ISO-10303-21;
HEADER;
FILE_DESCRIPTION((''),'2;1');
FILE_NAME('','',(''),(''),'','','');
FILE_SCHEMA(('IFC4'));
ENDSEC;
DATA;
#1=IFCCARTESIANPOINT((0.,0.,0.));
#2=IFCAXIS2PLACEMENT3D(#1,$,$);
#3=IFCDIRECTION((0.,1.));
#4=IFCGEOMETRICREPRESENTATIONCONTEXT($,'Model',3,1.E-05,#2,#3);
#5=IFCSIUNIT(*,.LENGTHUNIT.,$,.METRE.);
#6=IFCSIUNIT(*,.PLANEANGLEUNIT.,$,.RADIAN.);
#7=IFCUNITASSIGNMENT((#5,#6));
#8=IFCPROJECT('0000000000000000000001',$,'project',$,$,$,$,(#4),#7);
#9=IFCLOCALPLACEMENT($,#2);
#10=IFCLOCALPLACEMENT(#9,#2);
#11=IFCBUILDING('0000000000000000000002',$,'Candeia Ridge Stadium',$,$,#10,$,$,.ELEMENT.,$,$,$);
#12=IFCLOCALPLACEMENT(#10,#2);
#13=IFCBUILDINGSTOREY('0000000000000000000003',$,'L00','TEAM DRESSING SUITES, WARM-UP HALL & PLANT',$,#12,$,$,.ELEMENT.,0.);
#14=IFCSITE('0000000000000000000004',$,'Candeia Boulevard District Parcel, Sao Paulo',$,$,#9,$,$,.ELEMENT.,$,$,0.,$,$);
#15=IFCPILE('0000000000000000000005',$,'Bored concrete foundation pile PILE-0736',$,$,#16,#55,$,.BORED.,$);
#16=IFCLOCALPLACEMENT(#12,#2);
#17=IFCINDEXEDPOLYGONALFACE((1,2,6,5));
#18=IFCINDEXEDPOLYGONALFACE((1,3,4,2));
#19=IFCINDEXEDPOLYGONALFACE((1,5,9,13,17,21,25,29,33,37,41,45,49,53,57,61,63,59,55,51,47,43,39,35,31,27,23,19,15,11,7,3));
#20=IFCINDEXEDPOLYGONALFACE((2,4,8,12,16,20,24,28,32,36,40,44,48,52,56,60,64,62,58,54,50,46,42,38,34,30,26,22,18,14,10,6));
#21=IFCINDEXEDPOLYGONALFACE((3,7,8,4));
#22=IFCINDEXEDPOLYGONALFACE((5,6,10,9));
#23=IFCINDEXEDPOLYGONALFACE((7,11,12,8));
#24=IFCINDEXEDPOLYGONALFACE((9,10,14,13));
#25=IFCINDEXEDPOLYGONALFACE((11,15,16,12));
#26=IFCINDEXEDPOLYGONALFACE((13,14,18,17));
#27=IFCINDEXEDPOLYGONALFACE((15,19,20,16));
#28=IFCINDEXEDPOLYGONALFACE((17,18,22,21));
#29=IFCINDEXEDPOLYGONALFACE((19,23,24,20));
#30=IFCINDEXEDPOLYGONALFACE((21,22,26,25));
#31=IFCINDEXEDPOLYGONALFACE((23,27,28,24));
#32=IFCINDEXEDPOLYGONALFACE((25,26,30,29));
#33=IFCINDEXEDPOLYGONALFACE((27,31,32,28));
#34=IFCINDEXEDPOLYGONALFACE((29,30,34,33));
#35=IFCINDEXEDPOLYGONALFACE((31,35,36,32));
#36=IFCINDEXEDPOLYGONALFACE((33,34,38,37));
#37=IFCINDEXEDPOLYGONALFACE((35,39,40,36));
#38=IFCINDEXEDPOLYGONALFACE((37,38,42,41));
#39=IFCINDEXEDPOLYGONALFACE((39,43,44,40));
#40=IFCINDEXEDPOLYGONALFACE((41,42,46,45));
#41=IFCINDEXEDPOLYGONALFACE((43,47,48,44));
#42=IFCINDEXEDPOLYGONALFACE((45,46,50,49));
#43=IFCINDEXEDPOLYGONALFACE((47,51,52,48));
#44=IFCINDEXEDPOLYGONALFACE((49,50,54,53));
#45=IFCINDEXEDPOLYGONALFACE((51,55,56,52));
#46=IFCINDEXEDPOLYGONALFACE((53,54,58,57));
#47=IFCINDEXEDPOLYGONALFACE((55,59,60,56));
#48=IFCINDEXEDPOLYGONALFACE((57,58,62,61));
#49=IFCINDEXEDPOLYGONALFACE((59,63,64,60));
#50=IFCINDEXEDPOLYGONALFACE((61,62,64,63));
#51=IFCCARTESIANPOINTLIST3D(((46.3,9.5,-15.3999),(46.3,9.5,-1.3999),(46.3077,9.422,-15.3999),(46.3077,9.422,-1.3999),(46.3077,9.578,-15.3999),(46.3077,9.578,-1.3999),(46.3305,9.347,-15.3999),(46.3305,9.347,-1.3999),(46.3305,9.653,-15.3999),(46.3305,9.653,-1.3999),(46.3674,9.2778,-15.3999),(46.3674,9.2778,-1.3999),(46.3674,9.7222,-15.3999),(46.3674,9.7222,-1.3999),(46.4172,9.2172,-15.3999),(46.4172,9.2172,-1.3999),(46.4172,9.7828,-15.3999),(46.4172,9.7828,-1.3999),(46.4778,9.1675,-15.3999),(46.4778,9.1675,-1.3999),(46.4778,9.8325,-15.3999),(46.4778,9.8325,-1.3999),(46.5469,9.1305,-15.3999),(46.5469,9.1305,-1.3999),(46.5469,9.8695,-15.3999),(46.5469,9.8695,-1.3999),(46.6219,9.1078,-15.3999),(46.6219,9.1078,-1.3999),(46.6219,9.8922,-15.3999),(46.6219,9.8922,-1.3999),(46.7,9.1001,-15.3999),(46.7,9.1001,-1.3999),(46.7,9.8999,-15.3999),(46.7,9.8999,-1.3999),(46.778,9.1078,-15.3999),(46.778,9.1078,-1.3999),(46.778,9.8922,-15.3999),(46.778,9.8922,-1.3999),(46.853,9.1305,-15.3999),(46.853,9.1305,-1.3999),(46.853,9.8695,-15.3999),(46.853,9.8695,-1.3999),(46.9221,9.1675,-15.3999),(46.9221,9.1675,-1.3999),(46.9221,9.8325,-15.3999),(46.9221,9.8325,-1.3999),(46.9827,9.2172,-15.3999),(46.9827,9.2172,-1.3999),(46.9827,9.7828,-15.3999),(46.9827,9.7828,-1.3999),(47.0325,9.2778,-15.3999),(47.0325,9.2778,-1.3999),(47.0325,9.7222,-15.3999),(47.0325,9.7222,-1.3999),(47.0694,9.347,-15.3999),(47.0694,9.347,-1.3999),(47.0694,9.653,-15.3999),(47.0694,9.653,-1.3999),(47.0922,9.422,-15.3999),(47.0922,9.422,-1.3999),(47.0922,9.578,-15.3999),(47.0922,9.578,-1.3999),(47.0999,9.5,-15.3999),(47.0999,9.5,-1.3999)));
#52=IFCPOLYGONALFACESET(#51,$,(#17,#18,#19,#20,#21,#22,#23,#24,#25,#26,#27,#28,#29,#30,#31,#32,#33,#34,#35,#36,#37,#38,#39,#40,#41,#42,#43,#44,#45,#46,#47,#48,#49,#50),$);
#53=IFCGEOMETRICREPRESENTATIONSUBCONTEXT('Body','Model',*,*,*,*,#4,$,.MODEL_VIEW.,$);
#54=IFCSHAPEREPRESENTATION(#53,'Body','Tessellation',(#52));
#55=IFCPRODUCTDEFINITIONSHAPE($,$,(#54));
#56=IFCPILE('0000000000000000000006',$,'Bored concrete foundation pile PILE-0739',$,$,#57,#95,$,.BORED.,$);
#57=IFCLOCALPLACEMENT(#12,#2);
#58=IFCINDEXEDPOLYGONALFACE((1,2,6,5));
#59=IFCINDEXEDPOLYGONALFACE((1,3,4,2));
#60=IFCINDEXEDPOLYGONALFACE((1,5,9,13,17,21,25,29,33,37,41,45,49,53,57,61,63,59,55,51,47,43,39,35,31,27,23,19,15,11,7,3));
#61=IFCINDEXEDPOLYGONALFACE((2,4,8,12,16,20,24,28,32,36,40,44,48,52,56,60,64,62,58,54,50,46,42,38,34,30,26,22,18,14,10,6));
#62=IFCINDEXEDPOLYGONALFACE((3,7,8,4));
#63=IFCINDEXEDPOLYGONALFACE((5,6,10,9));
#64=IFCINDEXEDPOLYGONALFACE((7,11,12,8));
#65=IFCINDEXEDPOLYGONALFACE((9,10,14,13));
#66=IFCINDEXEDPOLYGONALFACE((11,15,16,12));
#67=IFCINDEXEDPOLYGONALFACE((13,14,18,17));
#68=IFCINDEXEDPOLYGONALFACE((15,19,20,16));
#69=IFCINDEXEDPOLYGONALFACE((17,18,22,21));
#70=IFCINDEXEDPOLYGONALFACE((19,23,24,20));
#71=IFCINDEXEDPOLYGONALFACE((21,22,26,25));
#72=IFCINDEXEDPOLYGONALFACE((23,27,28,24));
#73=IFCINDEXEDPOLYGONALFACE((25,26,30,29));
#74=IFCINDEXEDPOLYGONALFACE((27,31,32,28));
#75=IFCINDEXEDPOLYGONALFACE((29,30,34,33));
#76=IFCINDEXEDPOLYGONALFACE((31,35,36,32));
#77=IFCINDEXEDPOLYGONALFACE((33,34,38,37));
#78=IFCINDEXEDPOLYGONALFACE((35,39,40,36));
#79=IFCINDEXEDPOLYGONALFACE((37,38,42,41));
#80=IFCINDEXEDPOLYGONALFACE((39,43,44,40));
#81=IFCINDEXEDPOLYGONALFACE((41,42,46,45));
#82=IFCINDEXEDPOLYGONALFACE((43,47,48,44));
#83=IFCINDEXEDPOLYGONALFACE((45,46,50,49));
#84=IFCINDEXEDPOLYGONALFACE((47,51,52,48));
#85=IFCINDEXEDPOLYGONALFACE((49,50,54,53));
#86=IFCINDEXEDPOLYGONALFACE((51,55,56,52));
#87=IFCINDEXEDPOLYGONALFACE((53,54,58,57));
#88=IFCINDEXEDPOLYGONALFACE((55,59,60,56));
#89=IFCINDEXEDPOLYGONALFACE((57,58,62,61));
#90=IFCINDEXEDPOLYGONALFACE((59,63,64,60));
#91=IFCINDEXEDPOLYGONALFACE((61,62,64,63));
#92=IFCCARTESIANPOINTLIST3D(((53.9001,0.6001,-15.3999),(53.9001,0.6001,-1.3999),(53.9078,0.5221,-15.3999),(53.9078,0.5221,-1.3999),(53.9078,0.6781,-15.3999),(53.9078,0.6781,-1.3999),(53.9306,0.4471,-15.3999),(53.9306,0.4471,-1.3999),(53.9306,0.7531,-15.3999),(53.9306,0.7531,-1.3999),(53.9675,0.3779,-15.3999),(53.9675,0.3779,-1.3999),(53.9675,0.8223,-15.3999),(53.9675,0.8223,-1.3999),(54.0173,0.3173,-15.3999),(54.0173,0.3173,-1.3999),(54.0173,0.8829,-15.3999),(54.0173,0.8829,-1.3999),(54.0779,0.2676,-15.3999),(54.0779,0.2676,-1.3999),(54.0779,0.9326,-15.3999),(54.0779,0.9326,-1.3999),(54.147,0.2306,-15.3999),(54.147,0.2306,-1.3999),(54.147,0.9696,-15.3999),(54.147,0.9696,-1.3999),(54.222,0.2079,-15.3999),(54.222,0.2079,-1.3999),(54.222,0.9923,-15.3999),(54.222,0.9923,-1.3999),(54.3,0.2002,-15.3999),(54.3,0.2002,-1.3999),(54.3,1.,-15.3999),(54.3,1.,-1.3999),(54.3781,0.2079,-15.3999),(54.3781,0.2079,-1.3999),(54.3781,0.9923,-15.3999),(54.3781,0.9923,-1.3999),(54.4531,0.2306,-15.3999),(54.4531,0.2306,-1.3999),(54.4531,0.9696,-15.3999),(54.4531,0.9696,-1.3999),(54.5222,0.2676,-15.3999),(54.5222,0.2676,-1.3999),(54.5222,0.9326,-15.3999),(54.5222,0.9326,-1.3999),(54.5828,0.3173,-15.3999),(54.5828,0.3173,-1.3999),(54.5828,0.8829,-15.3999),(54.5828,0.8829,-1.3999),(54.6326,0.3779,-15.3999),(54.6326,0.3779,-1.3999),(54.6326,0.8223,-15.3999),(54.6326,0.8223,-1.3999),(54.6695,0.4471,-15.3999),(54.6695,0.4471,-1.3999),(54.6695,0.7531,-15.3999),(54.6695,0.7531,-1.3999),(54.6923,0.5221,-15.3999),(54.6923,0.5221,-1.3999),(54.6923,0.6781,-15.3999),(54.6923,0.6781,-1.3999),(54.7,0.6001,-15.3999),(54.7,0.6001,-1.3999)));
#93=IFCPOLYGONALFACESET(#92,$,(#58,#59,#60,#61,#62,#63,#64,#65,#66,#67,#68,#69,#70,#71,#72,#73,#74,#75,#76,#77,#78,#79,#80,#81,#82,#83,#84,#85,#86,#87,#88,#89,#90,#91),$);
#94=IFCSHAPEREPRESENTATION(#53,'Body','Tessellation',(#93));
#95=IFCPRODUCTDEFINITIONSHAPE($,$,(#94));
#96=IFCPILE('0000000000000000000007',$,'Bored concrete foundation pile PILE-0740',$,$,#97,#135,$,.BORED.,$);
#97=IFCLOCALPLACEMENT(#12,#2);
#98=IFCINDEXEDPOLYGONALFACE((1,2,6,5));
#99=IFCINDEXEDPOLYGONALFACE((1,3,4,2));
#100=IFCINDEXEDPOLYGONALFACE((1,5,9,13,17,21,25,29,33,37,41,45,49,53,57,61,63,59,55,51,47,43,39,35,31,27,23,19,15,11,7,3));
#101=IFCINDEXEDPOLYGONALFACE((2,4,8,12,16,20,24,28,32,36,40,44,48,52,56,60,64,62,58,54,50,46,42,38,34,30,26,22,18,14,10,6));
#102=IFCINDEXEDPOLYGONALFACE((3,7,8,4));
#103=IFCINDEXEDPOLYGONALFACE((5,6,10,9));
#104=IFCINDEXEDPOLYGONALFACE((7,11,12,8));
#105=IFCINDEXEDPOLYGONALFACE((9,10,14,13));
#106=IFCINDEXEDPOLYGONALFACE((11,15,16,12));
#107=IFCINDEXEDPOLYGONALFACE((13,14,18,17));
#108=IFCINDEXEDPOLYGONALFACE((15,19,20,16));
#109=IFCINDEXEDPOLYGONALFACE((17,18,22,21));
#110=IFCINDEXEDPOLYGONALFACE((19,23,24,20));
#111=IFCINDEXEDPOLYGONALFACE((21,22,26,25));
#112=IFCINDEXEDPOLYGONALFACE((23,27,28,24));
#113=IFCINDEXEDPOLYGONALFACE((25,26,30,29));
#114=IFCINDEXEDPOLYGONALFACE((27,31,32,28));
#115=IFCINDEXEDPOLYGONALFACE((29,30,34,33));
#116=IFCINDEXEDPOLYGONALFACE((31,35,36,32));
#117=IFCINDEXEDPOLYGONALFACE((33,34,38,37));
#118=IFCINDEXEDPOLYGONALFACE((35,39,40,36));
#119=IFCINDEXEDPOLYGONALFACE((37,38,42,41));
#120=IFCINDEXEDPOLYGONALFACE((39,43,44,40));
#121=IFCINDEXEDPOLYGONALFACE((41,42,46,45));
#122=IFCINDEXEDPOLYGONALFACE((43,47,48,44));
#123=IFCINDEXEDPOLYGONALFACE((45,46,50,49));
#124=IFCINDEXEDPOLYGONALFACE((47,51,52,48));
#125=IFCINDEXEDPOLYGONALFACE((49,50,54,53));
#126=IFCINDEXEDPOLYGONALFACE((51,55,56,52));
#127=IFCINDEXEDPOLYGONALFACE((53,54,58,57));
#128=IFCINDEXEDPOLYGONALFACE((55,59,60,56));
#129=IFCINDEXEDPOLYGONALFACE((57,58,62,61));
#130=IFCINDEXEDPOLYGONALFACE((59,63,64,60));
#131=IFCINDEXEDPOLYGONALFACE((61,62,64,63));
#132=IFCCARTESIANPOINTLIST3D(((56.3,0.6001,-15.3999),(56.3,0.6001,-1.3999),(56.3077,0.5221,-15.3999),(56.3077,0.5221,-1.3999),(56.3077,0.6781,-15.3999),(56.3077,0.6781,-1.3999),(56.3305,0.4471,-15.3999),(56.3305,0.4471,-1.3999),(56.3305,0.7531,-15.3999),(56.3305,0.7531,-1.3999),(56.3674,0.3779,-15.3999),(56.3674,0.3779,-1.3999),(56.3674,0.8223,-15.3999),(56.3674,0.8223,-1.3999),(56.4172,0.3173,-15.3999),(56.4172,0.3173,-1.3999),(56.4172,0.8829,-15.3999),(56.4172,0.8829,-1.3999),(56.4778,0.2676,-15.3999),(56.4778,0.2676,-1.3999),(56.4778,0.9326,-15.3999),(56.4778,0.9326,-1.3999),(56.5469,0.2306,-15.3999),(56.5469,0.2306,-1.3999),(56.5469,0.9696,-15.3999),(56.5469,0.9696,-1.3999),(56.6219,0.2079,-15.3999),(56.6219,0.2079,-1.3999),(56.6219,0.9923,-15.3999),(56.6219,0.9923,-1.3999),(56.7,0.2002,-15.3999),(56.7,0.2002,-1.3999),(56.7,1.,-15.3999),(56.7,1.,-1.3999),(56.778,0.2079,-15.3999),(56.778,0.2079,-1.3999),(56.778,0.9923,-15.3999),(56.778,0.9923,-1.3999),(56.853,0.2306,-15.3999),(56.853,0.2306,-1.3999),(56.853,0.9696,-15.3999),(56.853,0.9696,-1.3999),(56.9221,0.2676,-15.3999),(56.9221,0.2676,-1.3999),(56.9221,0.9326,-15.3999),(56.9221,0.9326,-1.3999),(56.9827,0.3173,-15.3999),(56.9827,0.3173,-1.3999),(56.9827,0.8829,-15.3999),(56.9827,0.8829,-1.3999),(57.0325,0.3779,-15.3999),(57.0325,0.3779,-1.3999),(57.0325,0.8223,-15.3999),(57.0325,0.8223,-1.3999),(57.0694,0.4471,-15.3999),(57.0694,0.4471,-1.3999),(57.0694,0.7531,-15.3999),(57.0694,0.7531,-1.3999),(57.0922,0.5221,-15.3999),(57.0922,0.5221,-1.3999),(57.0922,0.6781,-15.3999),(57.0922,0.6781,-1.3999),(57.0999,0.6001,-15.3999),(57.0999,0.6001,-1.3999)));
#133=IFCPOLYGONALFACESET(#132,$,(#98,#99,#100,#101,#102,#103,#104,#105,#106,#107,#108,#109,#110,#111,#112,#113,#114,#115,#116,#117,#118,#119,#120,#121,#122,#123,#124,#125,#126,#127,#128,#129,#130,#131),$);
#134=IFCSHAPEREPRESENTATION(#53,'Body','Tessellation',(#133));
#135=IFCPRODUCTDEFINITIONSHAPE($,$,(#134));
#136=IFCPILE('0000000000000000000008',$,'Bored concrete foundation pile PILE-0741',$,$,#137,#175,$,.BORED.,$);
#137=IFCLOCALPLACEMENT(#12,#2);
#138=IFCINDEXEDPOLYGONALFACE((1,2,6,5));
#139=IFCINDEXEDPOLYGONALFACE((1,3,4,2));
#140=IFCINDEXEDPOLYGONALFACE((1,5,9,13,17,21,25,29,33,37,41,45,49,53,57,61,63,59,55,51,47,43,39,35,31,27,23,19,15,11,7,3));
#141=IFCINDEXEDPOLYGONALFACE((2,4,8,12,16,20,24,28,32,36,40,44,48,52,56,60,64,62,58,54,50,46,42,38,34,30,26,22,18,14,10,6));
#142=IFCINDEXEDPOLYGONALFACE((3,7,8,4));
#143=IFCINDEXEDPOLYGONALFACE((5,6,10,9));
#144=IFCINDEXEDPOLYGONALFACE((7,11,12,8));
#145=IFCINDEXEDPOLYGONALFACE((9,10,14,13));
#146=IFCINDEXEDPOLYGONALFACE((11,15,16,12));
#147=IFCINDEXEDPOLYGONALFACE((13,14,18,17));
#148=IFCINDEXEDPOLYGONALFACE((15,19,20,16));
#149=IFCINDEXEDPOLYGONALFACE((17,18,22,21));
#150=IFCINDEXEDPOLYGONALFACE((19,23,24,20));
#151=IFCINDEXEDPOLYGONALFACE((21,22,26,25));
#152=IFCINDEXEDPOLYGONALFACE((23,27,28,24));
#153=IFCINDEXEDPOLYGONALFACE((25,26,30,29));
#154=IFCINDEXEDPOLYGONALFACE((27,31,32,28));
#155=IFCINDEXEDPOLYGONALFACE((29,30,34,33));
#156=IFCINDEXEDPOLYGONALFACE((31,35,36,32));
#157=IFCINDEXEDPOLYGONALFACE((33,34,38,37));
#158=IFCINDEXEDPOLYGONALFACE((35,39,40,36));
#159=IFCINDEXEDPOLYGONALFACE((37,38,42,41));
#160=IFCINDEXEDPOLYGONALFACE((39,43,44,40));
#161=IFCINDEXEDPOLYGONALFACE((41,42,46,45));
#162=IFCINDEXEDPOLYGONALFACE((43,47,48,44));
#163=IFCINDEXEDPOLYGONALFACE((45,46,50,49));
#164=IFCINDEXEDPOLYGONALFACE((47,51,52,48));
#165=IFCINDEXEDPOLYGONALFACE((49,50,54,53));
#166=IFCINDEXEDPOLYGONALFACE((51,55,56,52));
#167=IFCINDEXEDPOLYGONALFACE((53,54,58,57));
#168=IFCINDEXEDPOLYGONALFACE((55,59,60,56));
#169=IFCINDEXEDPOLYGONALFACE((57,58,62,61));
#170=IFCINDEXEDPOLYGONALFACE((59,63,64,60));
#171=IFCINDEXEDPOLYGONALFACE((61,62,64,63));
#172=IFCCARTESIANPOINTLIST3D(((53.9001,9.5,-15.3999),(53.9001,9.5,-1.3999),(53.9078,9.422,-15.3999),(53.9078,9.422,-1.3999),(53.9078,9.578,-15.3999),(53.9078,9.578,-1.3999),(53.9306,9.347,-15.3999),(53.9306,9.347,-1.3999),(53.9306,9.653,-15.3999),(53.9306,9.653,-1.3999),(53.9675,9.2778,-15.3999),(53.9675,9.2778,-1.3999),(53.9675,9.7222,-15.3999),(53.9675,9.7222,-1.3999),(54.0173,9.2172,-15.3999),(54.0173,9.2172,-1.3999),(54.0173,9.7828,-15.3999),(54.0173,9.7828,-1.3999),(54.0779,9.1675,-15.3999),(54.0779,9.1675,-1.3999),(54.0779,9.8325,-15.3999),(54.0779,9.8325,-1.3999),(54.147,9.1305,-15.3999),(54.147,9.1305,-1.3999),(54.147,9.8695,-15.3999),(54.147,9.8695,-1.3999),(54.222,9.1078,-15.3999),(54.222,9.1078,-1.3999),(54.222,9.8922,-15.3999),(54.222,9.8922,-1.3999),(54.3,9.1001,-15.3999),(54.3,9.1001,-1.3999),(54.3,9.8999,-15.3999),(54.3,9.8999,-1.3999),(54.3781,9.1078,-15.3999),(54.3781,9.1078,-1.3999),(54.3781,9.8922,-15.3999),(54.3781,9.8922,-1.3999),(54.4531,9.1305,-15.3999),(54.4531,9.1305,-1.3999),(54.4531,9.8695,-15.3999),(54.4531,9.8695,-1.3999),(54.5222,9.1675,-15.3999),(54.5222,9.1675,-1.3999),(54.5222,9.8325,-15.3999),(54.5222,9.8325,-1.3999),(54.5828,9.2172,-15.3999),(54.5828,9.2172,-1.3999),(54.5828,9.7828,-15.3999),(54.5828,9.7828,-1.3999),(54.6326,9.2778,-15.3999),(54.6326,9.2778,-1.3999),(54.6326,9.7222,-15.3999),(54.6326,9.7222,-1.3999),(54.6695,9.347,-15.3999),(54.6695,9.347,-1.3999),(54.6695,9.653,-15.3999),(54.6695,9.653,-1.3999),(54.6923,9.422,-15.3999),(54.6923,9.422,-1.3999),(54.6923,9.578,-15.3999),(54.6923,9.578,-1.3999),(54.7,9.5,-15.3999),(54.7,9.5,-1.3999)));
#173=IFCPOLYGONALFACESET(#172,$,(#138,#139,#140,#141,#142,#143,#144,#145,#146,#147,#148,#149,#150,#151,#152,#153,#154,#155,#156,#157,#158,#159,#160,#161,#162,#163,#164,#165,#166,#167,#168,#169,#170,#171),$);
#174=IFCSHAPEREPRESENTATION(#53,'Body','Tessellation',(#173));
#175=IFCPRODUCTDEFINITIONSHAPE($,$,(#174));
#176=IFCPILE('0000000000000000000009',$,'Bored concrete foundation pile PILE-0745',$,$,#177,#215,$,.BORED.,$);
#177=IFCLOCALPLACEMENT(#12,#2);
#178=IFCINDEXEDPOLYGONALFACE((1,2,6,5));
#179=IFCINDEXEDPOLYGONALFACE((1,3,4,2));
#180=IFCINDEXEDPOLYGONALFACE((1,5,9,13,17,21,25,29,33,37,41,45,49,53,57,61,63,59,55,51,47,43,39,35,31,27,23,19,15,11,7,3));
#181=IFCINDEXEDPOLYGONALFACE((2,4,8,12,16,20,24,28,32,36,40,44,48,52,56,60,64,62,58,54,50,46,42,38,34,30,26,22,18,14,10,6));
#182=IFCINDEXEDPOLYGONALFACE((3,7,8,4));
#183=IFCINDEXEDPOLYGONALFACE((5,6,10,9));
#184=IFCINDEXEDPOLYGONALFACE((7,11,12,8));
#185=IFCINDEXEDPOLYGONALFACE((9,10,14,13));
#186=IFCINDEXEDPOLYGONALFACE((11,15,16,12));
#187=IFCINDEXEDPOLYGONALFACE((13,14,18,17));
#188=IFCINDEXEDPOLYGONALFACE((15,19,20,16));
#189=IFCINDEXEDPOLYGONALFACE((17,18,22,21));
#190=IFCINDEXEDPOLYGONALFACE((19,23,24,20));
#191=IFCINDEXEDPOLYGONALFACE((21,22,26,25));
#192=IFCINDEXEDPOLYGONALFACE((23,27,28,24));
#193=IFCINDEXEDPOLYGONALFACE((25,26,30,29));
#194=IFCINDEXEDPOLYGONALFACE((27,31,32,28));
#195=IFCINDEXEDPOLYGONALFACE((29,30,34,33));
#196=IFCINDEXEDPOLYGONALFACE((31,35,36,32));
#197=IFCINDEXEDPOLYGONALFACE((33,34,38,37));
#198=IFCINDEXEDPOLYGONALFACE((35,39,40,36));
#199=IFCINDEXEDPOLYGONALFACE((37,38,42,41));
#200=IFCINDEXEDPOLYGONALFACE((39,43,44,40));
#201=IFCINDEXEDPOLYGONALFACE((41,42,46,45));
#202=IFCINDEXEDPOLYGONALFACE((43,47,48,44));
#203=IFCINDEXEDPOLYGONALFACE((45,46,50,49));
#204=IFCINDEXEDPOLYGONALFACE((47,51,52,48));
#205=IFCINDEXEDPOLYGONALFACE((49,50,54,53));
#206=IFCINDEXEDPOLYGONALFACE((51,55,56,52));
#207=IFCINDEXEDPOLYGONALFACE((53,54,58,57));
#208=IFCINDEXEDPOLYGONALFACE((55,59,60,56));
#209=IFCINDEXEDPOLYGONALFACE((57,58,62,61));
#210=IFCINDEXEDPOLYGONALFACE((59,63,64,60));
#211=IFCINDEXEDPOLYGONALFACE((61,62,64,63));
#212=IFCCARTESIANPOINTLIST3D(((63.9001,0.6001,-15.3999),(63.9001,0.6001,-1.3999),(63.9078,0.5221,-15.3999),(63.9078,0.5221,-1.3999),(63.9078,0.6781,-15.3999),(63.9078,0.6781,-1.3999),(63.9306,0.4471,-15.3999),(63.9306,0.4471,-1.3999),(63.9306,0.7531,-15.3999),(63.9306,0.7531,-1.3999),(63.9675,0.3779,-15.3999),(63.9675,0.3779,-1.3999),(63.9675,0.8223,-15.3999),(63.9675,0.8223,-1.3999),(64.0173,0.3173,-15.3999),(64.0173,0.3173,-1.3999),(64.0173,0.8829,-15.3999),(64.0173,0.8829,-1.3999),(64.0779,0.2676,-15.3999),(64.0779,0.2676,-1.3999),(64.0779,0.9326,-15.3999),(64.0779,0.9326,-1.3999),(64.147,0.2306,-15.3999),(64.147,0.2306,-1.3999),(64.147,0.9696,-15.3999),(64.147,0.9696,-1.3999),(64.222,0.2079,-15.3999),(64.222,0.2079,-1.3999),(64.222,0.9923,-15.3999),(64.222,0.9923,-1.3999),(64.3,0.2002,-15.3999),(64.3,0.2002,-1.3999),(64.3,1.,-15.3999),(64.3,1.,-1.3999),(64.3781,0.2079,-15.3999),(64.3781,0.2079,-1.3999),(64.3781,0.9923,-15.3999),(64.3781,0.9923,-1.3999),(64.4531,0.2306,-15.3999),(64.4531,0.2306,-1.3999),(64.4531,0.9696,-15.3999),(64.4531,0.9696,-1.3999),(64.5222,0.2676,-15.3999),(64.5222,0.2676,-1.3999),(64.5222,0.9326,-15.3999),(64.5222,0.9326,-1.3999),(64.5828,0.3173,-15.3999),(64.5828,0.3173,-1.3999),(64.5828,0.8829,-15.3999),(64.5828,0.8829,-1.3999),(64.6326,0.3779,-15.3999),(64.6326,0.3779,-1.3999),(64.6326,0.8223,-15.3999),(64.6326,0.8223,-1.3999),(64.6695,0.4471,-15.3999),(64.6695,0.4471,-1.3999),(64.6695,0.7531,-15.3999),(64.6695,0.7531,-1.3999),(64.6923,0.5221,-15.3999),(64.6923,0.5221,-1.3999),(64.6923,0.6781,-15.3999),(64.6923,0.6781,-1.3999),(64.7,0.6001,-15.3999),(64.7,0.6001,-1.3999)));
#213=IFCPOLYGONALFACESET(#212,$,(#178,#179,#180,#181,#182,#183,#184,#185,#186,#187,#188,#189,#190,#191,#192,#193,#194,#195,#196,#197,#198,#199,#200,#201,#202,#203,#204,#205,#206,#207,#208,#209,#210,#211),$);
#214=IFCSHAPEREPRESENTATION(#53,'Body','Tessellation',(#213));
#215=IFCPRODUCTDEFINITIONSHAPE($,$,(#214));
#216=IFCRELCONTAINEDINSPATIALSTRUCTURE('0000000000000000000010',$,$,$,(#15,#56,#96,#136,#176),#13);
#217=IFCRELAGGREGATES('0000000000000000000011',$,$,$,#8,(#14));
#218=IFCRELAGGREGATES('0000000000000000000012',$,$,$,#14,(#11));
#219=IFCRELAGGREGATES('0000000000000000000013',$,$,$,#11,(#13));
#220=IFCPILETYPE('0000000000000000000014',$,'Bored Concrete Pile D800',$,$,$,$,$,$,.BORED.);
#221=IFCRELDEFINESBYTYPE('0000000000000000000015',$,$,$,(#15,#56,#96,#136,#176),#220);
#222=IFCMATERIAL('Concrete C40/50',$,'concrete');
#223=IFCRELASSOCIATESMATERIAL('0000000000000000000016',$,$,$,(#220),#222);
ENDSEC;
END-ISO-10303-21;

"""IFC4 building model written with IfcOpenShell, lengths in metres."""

from ifc_helpers import new_model, si_unit, direction, frame, origin, origin_2d, place, context, subcontext, project, spatial, circle, extrude, material, material_profile, profile_set, type_object, element, save


model = new_model("IFC4")

# Units and contexts
model_context = context("Model", 3, precision=1e-05, world=origin(), true_north=direction((0.0, 1.0)))
body_context = subcontext(model_context, "Body", "Model", "MODEL_VIEW")
ifc_project = project(units=[si_unit("LENGTHUNIT", "METRE"), si_unit("PLANEANGLEUNIT", "RADIAN")], contexts=[model_context])

# Site, building, storey
site_placement = place(None, origin())
site = spatial("IfcSite", under=ifc_project, at=site_placement, Name="Candeia Boulevard District Parcel, Sao Paulo", CompositionType="ELEMENT", RefElevation=0.0)
building_placement = place(site_placement, origin())
building = spatial("IfcBuilding", under=site, at=building_placement, Name="Candeia Ridge Stadium", CompositionType="ELEMENT")
storey_placement = place(building_placement, origin())
storey = spatial("IfcBuildingStorey", under=building, at=storey_placement, Name="L00", Description="TEAM DRESSING SUITES, WARM-UP HALL & PLANT", CompositionType="ELEMENT", Elevation=0.0)

# Piles
ifc_material_1 = material(Name="Concrete C40/50", Category="concrete")
ifc_material_profile_1 = material_profile(ifc_material_1, circle(Radius=0.3999, at=origin_2d()), Name="PILE-D800", Category="concrete")
ifc_profile_set_1 = profile_set([ifc_material_profile_1], Name="Concrete C40/50")
pile_type = type_object("IfcPileType", Name="Bored Concrete Pile D800", PredefinedType="BORED", material=ifc_profile_set_1)
for number, where, z_axis, x_axis, name in (
    (1, (46.7, 9.5, -1.3999), (0.0, 0.0, -1.0), (1.0, 0.0, 0.0), "Bored concrete foundation pile PILE-0736"),
    (2, (54.3, 0.6001, -1.3999), (0.0, 0.0, -1.0), (1.0, 0.0, 0.0), "Bored concrete foundation pile PILE-0739"),
    (3, (56.7, 0.6001, -1.3999), (0.0, 0.0, -1.0), (1.0, 0.0, 0.0), "Bored concrete foundation pile PILE-0740"),
    (4, (54.3, 9.5, -1.3999), (0.0, 0.0, -1.0), (1.0, 0.0, 0.0), "Bored concrete foundation pile PILE-0741"),
    (5, (64.3, 0.6001, -1.3999), (0.0, 0.0, -1.0), (1.0, 0.0, 0.0), "Bored concrete foundation pile PILE-0745"),
):
    element("IfcPile", number, at=place(storey_placement, frame(where, z_axis=z_axis, x_axis=x_axis)), inside=storey, type_object=pile_type, Name=name, PredefinedType="BORED", context=body_context, shape_type="SweptSolid", body=[
        extrude(circle(Radius=0.3999, at=origin_2d()), origin(), (0.0, 0.0, 1.0), 14.0),
    ])

save(model, "model.ifc")
